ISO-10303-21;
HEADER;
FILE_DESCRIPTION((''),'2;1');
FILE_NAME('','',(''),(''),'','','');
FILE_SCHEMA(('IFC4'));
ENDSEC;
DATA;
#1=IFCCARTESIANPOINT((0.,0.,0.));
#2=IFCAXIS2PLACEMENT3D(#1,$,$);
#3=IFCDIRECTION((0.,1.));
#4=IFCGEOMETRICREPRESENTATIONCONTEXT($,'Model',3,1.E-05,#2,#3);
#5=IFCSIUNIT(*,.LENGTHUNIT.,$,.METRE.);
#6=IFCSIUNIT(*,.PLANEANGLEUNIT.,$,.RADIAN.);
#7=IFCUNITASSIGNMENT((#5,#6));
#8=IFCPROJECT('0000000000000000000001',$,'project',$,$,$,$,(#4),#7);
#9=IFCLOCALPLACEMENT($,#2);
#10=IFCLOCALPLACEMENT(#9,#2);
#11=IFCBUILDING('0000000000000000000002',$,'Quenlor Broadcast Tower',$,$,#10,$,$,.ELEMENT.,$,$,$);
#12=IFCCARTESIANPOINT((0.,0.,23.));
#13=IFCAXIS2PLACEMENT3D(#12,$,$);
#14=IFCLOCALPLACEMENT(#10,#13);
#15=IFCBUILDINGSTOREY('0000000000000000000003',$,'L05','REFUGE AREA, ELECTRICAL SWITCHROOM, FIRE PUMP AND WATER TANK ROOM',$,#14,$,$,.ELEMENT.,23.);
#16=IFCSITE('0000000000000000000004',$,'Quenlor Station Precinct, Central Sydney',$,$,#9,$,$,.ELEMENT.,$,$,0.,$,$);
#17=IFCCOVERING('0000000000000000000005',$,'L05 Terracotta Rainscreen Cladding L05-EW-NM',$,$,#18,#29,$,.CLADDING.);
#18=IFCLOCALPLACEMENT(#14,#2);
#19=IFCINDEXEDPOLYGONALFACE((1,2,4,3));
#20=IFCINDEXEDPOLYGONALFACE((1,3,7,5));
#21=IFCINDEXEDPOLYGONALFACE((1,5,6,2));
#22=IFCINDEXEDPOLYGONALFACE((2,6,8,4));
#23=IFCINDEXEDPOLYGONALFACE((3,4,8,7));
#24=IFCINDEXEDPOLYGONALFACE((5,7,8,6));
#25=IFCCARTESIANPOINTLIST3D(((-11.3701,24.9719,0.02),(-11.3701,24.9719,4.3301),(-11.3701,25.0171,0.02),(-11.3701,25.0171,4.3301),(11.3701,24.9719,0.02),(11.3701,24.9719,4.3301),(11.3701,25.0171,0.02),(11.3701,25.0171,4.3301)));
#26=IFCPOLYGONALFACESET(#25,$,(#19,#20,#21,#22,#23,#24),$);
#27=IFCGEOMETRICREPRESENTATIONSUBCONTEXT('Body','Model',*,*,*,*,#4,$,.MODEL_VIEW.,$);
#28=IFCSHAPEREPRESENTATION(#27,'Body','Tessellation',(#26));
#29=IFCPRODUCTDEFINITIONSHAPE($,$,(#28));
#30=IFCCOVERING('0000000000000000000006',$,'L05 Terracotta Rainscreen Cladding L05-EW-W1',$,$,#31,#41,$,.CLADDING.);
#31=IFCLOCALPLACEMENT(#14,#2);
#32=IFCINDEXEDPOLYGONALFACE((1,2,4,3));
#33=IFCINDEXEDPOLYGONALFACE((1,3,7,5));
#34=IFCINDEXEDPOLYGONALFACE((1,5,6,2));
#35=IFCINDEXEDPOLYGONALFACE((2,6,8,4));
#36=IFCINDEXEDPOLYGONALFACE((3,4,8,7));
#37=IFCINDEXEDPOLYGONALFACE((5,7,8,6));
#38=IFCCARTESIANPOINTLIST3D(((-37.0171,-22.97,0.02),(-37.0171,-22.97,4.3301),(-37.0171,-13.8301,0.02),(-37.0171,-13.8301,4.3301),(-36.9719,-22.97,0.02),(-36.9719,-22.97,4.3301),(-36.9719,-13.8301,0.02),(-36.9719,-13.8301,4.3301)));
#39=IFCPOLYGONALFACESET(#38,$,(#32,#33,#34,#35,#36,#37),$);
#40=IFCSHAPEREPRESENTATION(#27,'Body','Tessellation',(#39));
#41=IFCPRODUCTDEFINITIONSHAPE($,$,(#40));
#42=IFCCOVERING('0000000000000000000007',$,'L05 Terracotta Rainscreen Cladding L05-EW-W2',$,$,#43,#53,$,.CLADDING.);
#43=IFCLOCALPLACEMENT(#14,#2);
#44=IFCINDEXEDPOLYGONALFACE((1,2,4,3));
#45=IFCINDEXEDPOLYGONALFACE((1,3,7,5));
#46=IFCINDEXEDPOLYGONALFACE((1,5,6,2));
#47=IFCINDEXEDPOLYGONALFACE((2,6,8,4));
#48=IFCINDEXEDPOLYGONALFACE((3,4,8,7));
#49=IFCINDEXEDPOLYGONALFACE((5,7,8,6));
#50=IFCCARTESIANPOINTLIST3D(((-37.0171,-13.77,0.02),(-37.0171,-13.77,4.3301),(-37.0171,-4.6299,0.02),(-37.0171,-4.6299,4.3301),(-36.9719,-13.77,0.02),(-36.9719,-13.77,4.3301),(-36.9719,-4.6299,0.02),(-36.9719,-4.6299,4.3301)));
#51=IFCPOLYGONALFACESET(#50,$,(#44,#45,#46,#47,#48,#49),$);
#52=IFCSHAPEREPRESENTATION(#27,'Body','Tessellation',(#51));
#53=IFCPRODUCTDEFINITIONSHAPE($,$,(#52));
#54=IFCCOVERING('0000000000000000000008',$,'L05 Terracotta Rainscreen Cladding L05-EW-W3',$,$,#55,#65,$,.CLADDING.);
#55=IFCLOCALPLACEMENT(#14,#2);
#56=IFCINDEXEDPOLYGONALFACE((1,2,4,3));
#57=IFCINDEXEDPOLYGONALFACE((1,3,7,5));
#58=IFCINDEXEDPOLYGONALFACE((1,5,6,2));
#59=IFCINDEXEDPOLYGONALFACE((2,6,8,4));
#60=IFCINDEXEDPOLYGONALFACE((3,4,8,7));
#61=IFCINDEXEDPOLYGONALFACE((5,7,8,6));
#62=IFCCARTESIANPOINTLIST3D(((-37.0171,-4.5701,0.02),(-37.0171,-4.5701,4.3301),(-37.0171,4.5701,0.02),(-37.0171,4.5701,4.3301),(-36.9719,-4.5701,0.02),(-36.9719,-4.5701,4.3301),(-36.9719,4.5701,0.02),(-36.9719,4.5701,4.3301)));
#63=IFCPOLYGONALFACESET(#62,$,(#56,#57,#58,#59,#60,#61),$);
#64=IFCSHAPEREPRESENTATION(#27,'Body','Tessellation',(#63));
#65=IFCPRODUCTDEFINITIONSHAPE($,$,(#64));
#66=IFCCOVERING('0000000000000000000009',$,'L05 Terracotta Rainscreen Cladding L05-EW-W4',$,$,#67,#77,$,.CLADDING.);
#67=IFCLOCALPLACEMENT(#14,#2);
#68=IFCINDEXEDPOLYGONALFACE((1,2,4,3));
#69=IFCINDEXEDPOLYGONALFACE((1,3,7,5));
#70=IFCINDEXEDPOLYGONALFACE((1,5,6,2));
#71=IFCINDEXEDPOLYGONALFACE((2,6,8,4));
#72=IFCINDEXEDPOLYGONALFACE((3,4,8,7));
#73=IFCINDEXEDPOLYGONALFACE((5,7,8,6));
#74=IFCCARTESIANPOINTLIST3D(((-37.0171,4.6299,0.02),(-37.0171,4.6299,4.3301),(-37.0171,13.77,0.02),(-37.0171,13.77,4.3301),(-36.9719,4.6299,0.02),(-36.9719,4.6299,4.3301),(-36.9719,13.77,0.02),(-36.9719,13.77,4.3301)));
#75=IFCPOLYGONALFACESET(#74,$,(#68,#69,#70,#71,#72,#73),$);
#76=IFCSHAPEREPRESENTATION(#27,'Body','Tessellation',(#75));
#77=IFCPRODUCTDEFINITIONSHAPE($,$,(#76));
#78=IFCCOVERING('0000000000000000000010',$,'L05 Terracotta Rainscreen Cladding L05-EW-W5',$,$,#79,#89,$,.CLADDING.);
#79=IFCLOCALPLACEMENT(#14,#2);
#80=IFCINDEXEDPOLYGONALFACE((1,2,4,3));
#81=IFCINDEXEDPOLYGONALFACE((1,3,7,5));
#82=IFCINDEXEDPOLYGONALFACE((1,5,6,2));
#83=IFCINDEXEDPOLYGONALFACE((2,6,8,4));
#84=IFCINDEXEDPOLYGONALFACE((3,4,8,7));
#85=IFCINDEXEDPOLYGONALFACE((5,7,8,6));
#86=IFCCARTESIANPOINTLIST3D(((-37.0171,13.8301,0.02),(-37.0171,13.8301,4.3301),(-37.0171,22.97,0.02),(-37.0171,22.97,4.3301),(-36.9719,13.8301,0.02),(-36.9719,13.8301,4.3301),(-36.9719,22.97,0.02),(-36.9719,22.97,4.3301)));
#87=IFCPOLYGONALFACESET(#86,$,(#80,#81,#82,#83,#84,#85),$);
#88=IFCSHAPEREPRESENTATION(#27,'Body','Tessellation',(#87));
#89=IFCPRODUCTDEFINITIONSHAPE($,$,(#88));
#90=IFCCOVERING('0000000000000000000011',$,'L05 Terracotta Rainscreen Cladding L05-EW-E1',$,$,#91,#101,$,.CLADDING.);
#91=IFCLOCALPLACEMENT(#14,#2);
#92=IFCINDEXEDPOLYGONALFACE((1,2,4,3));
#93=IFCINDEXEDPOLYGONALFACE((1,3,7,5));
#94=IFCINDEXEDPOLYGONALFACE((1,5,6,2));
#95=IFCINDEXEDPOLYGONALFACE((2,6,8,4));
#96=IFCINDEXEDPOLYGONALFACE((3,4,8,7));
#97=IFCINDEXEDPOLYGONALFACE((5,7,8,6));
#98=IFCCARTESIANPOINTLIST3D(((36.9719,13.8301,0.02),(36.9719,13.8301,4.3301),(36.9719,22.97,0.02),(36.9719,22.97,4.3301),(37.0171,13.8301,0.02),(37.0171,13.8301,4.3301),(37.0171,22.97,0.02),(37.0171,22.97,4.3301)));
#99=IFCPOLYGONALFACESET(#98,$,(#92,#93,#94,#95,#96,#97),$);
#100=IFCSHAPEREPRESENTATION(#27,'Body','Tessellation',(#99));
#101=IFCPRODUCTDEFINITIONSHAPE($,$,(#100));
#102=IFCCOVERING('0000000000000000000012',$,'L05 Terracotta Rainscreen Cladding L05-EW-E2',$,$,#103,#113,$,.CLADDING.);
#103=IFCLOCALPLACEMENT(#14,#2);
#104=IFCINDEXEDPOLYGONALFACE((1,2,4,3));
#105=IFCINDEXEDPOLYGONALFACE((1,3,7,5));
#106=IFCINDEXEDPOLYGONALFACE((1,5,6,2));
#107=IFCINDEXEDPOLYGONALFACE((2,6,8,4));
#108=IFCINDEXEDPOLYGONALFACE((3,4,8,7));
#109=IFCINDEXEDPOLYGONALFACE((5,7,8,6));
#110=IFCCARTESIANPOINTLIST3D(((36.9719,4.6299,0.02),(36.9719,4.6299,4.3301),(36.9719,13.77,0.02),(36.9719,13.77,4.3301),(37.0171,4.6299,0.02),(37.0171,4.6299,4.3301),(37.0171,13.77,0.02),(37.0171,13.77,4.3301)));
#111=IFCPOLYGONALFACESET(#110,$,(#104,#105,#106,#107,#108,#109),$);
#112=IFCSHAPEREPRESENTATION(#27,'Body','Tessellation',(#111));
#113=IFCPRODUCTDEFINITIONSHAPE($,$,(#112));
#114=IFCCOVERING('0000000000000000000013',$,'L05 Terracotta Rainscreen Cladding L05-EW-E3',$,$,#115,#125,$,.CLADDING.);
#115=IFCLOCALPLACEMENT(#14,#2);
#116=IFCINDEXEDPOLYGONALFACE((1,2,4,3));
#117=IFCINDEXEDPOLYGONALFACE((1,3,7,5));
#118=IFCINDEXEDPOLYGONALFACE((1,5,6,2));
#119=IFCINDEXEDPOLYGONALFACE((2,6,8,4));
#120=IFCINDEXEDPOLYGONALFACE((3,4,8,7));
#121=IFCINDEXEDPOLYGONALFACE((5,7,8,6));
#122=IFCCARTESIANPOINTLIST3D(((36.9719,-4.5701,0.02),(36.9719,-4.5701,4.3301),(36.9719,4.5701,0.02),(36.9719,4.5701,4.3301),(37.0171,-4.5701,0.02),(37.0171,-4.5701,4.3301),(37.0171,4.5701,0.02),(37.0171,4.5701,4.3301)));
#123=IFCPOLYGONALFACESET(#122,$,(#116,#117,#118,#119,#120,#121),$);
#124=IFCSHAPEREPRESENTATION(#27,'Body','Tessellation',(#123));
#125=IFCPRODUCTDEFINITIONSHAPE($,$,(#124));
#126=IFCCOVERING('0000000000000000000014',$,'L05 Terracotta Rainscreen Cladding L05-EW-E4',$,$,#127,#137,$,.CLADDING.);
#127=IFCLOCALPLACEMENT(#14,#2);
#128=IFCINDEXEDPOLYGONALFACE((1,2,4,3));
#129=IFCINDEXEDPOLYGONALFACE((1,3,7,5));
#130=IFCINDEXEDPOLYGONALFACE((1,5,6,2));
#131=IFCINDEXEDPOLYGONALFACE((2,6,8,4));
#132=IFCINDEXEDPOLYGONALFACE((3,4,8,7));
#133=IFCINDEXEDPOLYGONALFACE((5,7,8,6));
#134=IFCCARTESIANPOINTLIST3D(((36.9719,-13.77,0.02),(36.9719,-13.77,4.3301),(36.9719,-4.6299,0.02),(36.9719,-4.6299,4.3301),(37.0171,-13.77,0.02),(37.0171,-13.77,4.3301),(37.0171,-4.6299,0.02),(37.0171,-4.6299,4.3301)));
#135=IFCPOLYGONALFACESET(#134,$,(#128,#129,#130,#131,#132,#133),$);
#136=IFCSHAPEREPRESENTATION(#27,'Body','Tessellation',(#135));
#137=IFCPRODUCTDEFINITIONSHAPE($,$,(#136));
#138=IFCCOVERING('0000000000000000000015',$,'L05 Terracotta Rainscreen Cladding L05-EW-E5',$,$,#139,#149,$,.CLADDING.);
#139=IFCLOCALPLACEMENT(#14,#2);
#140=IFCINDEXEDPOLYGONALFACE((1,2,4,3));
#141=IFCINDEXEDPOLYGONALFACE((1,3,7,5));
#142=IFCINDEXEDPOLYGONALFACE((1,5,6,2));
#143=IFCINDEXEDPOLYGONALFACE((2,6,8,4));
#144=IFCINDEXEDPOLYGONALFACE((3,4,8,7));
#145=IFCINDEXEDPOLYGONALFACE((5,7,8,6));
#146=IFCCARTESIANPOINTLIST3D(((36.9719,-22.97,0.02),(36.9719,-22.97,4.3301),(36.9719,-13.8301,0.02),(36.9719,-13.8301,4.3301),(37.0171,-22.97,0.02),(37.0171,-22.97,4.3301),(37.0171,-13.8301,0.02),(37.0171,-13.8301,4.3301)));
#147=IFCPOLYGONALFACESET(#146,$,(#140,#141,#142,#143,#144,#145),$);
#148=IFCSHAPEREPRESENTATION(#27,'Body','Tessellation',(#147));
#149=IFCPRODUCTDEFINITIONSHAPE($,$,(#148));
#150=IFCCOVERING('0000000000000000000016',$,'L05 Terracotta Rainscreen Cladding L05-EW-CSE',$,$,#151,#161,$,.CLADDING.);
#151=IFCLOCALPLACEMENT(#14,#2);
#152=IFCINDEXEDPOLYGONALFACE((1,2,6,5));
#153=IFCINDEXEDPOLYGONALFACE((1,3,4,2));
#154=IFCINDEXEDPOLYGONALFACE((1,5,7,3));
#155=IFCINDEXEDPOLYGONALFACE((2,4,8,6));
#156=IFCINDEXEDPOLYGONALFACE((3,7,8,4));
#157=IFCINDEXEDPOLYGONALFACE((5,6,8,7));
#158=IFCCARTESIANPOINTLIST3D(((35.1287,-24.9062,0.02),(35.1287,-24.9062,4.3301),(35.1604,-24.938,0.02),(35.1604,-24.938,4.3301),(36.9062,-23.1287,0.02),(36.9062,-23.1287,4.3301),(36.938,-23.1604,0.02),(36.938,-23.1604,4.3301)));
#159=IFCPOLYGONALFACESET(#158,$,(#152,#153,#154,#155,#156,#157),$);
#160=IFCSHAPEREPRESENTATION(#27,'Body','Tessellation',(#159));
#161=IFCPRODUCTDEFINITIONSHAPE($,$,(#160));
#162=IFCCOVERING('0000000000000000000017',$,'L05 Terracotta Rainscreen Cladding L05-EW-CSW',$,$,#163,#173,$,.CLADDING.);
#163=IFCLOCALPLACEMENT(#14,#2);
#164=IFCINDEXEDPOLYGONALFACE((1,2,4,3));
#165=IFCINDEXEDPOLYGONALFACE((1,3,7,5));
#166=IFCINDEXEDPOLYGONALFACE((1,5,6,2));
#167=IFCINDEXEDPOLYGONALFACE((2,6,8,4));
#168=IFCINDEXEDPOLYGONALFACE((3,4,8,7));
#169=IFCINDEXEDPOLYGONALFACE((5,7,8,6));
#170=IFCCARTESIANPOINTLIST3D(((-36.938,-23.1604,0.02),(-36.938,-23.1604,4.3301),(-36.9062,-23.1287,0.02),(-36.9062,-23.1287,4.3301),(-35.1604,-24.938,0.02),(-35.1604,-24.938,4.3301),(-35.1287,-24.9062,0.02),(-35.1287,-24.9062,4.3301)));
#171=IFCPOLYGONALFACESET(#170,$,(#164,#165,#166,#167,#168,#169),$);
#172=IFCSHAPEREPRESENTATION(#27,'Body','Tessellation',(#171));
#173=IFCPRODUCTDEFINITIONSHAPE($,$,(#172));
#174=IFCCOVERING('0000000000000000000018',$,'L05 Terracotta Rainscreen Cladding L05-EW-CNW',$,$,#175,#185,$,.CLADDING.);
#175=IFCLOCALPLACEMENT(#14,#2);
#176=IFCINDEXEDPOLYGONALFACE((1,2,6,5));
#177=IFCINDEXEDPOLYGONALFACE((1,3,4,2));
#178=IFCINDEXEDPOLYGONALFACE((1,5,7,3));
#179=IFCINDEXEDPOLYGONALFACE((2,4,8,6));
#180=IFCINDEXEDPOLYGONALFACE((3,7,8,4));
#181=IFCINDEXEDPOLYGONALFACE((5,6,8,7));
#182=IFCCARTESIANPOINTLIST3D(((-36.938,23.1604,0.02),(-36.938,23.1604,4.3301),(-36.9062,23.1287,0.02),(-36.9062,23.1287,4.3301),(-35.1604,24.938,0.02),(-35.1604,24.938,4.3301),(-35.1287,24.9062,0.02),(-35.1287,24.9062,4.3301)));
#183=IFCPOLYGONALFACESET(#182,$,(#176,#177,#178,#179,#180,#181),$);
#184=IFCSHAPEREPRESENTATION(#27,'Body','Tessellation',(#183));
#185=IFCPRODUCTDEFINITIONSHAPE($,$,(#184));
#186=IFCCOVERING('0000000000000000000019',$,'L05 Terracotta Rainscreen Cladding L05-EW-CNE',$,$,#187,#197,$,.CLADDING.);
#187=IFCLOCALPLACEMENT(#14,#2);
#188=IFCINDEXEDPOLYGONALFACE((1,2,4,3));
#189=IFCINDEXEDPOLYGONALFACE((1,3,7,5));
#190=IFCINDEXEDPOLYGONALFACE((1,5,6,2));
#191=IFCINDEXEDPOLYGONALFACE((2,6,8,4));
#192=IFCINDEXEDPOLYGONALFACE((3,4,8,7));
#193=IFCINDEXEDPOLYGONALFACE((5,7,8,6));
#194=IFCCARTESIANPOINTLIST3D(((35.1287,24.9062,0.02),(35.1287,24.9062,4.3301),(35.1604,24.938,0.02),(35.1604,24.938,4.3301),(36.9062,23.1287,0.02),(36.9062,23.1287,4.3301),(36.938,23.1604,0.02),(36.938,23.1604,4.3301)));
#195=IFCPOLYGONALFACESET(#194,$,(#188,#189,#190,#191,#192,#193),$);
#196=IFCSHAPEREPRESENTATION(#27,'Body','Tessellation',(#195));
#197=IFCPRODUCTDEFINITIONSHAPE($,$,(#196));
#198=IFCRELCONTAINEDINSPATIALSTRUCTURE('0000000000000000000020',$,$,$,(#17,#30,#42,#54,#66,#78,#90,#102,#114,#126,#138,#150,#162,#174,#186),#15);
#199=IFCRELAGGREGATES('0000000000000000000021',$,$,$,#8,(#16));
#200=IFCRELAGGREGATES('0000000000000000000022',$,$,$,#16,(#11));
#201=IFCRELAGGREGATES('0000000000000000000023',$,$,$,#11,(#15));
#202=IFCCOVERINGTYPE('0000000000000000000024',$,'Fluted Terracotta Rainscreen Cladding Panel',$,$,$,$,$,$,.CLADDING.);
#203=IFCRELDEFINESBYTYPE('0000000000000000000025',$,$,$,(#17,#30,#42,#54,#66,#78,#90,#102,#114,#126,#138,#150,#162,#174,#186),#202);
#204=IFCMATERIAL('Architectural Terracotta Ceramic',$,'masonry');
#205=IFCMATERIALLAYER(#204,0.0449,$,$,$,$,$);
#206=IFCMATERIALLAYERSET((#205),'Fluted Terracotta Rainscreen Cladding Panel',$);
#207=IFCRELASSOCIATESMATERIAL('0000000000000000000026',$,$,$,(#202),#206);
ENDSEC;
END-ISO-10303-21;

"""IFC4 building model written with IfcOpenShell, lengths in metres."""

from ifc_helpers import new_model, si_unit, direction, frame, origin, place, context, subcontext, project, spatial, polyline, outline, extrude, material, layer, layer_set, type_object, element, save


model = new_model("IFC4")

# Units and contexts
model_context = context("Model", 3, precision=1e-05, world=origin(), true_north=direction((0.0, 1.0)))
body_context = subcontext(model_context, "Body", "Model", "MODEL_VIEW")
ifc_project = project(units=[si_unit("LENGTHUNIT", "METRE"), si_unit("PLANEANGLEUNIT", "RADIAN")], contexts=[model_context])

# Site, building, storey
site_placement = place(None, origin())
site = spatial("IfcSite", under=ifc_project, at=site_placement, Name="Quenlor Station Precinct, Central Sydney", CompositionType="ELEMENT", RefElevation=0.0)
building_placement = place(site_placement, origin())
building = spatial("IfcBuilding", under=site, at=building_placement, Name="Quenlor Broadcast Tower", CompositionType="ELEMENT")
storey_placement = place(building_placement, frame((0.0, 0.0, 23.0)))
storey = spatial("IfcBuildingStorey", under=building, at=storey_placement, Name="L05", Description="REFUGE AREA, ELECTRICAL SWITCHROOM, FIRE PUMP AND WATER TANK ROOM", CompositionType="ELEMENT", Elevation=23.0)

# Coverings
ifc_material_1 = material(Name="Architectural Terracotta Ceramic", Category="masonry")
ifc_layer_1 = layer(ifc_material_1, 0.0449)
ifc_layer_set_1 = layer_set([ifc_layer_1], Name="Fluted Terracotta Rainscreen Cladding Panel")
covering_type = type_object("IfcCoveringType", Name="Fluted Terracotta Rainscreen Cladding Panel", PredefinedType="CLADDING", material=ifc_layer_set_1)
covering_1_placement = place(storey_placement, frame((0.0, 0.0, 0.02)))
element("IfcCovering", 1, at=covering_1_placement, inside=storey, type_object=covering_type, Name="L05 Terracotta Rainscreen Cladding L05-EW-NM", PredefinedType="CLADDING", context=body_context, shape_type="SweptSolid", body=[
    extrude(outline(polyline([(-11.3701, 24.9719), (11.3701, 24.9719), (11.3701, 25.0171), (-11.3701, 25.0171), (-11.3701, 24.9719)])), origin(), (0.0, 0.0, 1.0), 4.3101),
])
covering_2_placement = place(storey_placement, frame((0.0, 0.0, 0.02)))
element("IfcCovering", 2, at=covering_2_placement, inside=storey, type_object=covering_type, Name="L05 Terracotta Rainscreen Cladding L05-EW-W1", PredefinedType="CLADDING", context=body_context, shape_type="SweptSolid", body=[
    extrude(outline(polyline([(-36.9719, -22.97), (-36.9719, -13.8301), (-37.0171, -13.8301), (-37.0171, -22.97), (-36.9719, -22.97)])), origin(), (0.0, 0.0, 1.0), 4.3101),
])
covering_3_placement = place(storey_placement, frame((0.0, 0.0, 0.02)))
element("IfcCovering", 3, at=covering_3_placement, inside=storey, type_object=covering_type, Name="L05 Terracotta Rainscreen Cladding L05-EW-W2", PredefinedType="CLADDING", context=body_context, shape_type="SweptSolid", body=[
    extrude(outline(polyline([(-36.9719, -13.77), (-36.9719, -4.6299), (-37.0171, -4.6299), (-37.0171, -13.77), (-36.9719, -13.77)])), origin(), (0.0, 0.0, 1.0), 4.3101),
])
covering_4_placement = place(storey_placement, frame((0.0, 0.0, 0.02)))
element("IfcCovering", 4, at=covering_4_placement, inside=storey, type_object=covering_type, Name="L05 Terracotta Rainscreen Cladding L05-EW-W3", PredefinedType="CLADDING", context=body_context, shape_type="SweptSolid", body=[
    extrude(outline(polyline([(-36.9719, -4.5701), (-36.9719, 4.5701), (-37.0171, 4.5701), (-37.0171, -4.5701), (-36.9719, -4.5701)])), origin(), (0.0, 0.0, 1.0), 4.3101),
])
covering_5_placement = place(storey_placement, frame((0.0, 0.0, 0.02)))
element("IfcCovering", 5, at=covering_5_placement, inside=storey, type_object=covering_type, Name="L05 Terracotta Rainscreen Cladding L05-EW-W4", PredefinedType="CLADDING", context=body_context, shape_type="SweptSolid", body=[
    extrude(outline(polyline([(-36.9719, 4.6299), (-36.9719, 13.77), (-37.0171, 13.77), (-37.0171, 4.6299), (-36.9719, 4.6299)])), origin(), (0.0, 0.0, 1.0), 4.3101),
])
covering_6_placement = place(storey_placement, frame((0.0, 0.0, 0.02)))
element("IfcCovering", 6, at=covering_6_placement, inside=storey, type_object=covering_type, Name="L05 Terracotta Rainscreen Cladding L05-EW-W5", PredefinedType="CLADDING", context=body_context, shape_type="SweptSolid", body=[
    extrude(outline(polyline([(-36.9719, 13.8301), (-36.9719, 22.97), (-37.0171, 22.97), (-37.0171, 13.8301), (-36.9719, 13.8301)])), origin(), (0.0, 0.0, 1.0), 4.3101),
])
covering_7_placement = place(storey_placement, frame((0.0, 0.0, 0.02)))
element("IfcCovering", 7, at=covering_7_placement, inside=storey, type_object=covering_type, Name="L05 Terracotta Rainscreen Cladding L05-EW-E1", PredefinedType="CLADDING", context=body_context, shape_type="SweptSolid", body=[
    extrude(outline(polyline([(36.9719, 22.97), (36.9719, 13.8301), (37.0171, 13.8301), (37.0171, 22.97), (36.9719, 22.97)])), origin(), (0.0, 0.0, 1.0), 4.3101),
])
covering_8_placement = place(storey_placement, frame((0.0, 0.0, 0.02)))
element("IfcCovering", 8, at=covering_8_placement, inside=storey, type_object=covering_type, Name="L05 Terracotta Rainscreen Cladding L05-EW-E2", PredefinedType="CLADDING", context=body_context, shape_type="SweptSolid", body=[
    extrude(outline(polyline([(36.9719, 13.77), (36.9719, 4.6299), (37.0171, 4.6299), (37.0171, 13.77), (36.9719, 13.77)])), origin(), (0.0, 0.0, 1.0), 4.3101),
])
covering_9_placement = place(storey_placement, frame((0.0, 0.0, 0.02)))
element("IfcCovering", 9, at=covering_9_placement, inside=storey, type_object=covering_type, Name="L05 Terracotta Rainscreen Cladding L05-EW-E3", PredefinedType="CLADDING", context=body_context, shape_type="SweptSolid", body=[
    extrude(outline(polyline([(36.9719, 4.5701), (36.9719, -4.5701), (37.0171, -4.5701), (37.0171, 4.5701), (36.9719, 4.5701)])), origin(), (0.0, 0.0, 1.0), 4.3101),
])
covering_10_placement = place(storey_placement, frame((0.0, 0.0, 0.02)))
element("IfcCovering", 10, at=covering_10_placement, inside=storey, type_object=covering_type, Name="L05 Terracotta Rainscreen Cladding L05-EW-E4", PredefinedType="CLADDING", context=body_context, shape_type="SweptSolid", body=[
    extrude(outline(polyline([(36.9719, -4.6299), (36.9719, -13.77), (37.0171, -13.77), (37.0171, -4.6299), (36.9719, -4.6299)])), origin(), (0.0, 0.0, 1.0), 4.3101),
])
covering_11_placement = place(storey_placement, frame((0.0, 0.0, 0.02)))
element("IfcCovering", 11, at=covering_11_placement, inside=storey, type_object=covering_type, Name="L05 Terracotta Rainscreen Cladding L05-EW-E5", PredefinedType="CLADDING", context=body_context, shape_type="SweptSolid", body=[
    extrude(outline(polyline([(36.9719, -13.8301), (36.9719, -22.97), (37.0171, -22.97), (37.0171, -13.8301), (36.9719, -13.8301)])), origin(), (0.0, 0.0, 1.0), 4.3101),
])
covering_12_placement = place(storey_placement, frame((0.0, 0.0, 0.02)))
element("IfcCovering", 12, at=covering_12_placement, inside=storey, type_object=covering_type, Name="L05 Terracotta Rainscreen Cladding L05-EW-CSE", PredefinedType="CLADDING", context=body_context, shape_type="SweptSolid", body=[
    extrude(outline(polyline([(36.9062, -23.1287), (35.1287, -24.9062), (35.1604, -24.938), (36.938, -23.1604), (36.9062, -23.1287)])), origin(), (0.0, 0.0, 1.0), 4.3101),
])
covering_13_placement = place(storey_placement, frame((0.0, 0.0, 0.02)))
element("IfcCovering", 13, at=covering_13_placement, inside=storey, type_object=covering_type, Name="L05 Terracotta Rainscreen Cladding L05-EW-CSW", PredefinedType="CLADDING", context=body_context, shape_type="SweptSolid", body=[
    extrude(outline(polyline([(-35.1287, -24.9062), (-36.9062, -23.1287), (-36.938, -23.1604), (-35.1604, -24.938), (-35.1287, -24.9062)])), origin(), (0.0, 0.0, 1.0), 4.3101),
])
covering_14_placement = place(storey_placement, frame((0.0, 0.0, 0.02)))
element("IfcCovering", 14, at=covering_14_placement, inside=storey, type_object=covering_type, Name="L05 Terracotta Rainscreen Cladding L05-EW-CNW", PredefinedType="CLADDING", context=body_context, shape_type="SweptSolid", body=[
    extrude(outline(polyline([(-36.9062, 23.1287), (-35.1287, 24.9062), (-35.1604, 24.938), (-36.938, 23.1604), (-36.9062, 23.1287)])), origin(), (0.0, 0.0, 1.0), 4.3101),
])
covering_15_placement = place(storey_placement, frame((0.0, 0.0, 0.02)))
element("IfcCovering", 15, at=covering_15_placement, inside=storey, type_object=covering_type, Name="L05 Terracotta Rainscreen Cladding L05-EW-CNE", PredefinedType="CLADDING", context=body_context, shape_type="SweptSolid", body=[
    extrude(outline(polyline([(35.1287, 24.9062), (36.9062, 23.1287), (36.938, 23.1604), (35.1604, 24.938), (35.1287, 24.9062)])), origin(), (0.0, 0.0, 1.0), 4.3101),
])

save(model, "model.ifc")
